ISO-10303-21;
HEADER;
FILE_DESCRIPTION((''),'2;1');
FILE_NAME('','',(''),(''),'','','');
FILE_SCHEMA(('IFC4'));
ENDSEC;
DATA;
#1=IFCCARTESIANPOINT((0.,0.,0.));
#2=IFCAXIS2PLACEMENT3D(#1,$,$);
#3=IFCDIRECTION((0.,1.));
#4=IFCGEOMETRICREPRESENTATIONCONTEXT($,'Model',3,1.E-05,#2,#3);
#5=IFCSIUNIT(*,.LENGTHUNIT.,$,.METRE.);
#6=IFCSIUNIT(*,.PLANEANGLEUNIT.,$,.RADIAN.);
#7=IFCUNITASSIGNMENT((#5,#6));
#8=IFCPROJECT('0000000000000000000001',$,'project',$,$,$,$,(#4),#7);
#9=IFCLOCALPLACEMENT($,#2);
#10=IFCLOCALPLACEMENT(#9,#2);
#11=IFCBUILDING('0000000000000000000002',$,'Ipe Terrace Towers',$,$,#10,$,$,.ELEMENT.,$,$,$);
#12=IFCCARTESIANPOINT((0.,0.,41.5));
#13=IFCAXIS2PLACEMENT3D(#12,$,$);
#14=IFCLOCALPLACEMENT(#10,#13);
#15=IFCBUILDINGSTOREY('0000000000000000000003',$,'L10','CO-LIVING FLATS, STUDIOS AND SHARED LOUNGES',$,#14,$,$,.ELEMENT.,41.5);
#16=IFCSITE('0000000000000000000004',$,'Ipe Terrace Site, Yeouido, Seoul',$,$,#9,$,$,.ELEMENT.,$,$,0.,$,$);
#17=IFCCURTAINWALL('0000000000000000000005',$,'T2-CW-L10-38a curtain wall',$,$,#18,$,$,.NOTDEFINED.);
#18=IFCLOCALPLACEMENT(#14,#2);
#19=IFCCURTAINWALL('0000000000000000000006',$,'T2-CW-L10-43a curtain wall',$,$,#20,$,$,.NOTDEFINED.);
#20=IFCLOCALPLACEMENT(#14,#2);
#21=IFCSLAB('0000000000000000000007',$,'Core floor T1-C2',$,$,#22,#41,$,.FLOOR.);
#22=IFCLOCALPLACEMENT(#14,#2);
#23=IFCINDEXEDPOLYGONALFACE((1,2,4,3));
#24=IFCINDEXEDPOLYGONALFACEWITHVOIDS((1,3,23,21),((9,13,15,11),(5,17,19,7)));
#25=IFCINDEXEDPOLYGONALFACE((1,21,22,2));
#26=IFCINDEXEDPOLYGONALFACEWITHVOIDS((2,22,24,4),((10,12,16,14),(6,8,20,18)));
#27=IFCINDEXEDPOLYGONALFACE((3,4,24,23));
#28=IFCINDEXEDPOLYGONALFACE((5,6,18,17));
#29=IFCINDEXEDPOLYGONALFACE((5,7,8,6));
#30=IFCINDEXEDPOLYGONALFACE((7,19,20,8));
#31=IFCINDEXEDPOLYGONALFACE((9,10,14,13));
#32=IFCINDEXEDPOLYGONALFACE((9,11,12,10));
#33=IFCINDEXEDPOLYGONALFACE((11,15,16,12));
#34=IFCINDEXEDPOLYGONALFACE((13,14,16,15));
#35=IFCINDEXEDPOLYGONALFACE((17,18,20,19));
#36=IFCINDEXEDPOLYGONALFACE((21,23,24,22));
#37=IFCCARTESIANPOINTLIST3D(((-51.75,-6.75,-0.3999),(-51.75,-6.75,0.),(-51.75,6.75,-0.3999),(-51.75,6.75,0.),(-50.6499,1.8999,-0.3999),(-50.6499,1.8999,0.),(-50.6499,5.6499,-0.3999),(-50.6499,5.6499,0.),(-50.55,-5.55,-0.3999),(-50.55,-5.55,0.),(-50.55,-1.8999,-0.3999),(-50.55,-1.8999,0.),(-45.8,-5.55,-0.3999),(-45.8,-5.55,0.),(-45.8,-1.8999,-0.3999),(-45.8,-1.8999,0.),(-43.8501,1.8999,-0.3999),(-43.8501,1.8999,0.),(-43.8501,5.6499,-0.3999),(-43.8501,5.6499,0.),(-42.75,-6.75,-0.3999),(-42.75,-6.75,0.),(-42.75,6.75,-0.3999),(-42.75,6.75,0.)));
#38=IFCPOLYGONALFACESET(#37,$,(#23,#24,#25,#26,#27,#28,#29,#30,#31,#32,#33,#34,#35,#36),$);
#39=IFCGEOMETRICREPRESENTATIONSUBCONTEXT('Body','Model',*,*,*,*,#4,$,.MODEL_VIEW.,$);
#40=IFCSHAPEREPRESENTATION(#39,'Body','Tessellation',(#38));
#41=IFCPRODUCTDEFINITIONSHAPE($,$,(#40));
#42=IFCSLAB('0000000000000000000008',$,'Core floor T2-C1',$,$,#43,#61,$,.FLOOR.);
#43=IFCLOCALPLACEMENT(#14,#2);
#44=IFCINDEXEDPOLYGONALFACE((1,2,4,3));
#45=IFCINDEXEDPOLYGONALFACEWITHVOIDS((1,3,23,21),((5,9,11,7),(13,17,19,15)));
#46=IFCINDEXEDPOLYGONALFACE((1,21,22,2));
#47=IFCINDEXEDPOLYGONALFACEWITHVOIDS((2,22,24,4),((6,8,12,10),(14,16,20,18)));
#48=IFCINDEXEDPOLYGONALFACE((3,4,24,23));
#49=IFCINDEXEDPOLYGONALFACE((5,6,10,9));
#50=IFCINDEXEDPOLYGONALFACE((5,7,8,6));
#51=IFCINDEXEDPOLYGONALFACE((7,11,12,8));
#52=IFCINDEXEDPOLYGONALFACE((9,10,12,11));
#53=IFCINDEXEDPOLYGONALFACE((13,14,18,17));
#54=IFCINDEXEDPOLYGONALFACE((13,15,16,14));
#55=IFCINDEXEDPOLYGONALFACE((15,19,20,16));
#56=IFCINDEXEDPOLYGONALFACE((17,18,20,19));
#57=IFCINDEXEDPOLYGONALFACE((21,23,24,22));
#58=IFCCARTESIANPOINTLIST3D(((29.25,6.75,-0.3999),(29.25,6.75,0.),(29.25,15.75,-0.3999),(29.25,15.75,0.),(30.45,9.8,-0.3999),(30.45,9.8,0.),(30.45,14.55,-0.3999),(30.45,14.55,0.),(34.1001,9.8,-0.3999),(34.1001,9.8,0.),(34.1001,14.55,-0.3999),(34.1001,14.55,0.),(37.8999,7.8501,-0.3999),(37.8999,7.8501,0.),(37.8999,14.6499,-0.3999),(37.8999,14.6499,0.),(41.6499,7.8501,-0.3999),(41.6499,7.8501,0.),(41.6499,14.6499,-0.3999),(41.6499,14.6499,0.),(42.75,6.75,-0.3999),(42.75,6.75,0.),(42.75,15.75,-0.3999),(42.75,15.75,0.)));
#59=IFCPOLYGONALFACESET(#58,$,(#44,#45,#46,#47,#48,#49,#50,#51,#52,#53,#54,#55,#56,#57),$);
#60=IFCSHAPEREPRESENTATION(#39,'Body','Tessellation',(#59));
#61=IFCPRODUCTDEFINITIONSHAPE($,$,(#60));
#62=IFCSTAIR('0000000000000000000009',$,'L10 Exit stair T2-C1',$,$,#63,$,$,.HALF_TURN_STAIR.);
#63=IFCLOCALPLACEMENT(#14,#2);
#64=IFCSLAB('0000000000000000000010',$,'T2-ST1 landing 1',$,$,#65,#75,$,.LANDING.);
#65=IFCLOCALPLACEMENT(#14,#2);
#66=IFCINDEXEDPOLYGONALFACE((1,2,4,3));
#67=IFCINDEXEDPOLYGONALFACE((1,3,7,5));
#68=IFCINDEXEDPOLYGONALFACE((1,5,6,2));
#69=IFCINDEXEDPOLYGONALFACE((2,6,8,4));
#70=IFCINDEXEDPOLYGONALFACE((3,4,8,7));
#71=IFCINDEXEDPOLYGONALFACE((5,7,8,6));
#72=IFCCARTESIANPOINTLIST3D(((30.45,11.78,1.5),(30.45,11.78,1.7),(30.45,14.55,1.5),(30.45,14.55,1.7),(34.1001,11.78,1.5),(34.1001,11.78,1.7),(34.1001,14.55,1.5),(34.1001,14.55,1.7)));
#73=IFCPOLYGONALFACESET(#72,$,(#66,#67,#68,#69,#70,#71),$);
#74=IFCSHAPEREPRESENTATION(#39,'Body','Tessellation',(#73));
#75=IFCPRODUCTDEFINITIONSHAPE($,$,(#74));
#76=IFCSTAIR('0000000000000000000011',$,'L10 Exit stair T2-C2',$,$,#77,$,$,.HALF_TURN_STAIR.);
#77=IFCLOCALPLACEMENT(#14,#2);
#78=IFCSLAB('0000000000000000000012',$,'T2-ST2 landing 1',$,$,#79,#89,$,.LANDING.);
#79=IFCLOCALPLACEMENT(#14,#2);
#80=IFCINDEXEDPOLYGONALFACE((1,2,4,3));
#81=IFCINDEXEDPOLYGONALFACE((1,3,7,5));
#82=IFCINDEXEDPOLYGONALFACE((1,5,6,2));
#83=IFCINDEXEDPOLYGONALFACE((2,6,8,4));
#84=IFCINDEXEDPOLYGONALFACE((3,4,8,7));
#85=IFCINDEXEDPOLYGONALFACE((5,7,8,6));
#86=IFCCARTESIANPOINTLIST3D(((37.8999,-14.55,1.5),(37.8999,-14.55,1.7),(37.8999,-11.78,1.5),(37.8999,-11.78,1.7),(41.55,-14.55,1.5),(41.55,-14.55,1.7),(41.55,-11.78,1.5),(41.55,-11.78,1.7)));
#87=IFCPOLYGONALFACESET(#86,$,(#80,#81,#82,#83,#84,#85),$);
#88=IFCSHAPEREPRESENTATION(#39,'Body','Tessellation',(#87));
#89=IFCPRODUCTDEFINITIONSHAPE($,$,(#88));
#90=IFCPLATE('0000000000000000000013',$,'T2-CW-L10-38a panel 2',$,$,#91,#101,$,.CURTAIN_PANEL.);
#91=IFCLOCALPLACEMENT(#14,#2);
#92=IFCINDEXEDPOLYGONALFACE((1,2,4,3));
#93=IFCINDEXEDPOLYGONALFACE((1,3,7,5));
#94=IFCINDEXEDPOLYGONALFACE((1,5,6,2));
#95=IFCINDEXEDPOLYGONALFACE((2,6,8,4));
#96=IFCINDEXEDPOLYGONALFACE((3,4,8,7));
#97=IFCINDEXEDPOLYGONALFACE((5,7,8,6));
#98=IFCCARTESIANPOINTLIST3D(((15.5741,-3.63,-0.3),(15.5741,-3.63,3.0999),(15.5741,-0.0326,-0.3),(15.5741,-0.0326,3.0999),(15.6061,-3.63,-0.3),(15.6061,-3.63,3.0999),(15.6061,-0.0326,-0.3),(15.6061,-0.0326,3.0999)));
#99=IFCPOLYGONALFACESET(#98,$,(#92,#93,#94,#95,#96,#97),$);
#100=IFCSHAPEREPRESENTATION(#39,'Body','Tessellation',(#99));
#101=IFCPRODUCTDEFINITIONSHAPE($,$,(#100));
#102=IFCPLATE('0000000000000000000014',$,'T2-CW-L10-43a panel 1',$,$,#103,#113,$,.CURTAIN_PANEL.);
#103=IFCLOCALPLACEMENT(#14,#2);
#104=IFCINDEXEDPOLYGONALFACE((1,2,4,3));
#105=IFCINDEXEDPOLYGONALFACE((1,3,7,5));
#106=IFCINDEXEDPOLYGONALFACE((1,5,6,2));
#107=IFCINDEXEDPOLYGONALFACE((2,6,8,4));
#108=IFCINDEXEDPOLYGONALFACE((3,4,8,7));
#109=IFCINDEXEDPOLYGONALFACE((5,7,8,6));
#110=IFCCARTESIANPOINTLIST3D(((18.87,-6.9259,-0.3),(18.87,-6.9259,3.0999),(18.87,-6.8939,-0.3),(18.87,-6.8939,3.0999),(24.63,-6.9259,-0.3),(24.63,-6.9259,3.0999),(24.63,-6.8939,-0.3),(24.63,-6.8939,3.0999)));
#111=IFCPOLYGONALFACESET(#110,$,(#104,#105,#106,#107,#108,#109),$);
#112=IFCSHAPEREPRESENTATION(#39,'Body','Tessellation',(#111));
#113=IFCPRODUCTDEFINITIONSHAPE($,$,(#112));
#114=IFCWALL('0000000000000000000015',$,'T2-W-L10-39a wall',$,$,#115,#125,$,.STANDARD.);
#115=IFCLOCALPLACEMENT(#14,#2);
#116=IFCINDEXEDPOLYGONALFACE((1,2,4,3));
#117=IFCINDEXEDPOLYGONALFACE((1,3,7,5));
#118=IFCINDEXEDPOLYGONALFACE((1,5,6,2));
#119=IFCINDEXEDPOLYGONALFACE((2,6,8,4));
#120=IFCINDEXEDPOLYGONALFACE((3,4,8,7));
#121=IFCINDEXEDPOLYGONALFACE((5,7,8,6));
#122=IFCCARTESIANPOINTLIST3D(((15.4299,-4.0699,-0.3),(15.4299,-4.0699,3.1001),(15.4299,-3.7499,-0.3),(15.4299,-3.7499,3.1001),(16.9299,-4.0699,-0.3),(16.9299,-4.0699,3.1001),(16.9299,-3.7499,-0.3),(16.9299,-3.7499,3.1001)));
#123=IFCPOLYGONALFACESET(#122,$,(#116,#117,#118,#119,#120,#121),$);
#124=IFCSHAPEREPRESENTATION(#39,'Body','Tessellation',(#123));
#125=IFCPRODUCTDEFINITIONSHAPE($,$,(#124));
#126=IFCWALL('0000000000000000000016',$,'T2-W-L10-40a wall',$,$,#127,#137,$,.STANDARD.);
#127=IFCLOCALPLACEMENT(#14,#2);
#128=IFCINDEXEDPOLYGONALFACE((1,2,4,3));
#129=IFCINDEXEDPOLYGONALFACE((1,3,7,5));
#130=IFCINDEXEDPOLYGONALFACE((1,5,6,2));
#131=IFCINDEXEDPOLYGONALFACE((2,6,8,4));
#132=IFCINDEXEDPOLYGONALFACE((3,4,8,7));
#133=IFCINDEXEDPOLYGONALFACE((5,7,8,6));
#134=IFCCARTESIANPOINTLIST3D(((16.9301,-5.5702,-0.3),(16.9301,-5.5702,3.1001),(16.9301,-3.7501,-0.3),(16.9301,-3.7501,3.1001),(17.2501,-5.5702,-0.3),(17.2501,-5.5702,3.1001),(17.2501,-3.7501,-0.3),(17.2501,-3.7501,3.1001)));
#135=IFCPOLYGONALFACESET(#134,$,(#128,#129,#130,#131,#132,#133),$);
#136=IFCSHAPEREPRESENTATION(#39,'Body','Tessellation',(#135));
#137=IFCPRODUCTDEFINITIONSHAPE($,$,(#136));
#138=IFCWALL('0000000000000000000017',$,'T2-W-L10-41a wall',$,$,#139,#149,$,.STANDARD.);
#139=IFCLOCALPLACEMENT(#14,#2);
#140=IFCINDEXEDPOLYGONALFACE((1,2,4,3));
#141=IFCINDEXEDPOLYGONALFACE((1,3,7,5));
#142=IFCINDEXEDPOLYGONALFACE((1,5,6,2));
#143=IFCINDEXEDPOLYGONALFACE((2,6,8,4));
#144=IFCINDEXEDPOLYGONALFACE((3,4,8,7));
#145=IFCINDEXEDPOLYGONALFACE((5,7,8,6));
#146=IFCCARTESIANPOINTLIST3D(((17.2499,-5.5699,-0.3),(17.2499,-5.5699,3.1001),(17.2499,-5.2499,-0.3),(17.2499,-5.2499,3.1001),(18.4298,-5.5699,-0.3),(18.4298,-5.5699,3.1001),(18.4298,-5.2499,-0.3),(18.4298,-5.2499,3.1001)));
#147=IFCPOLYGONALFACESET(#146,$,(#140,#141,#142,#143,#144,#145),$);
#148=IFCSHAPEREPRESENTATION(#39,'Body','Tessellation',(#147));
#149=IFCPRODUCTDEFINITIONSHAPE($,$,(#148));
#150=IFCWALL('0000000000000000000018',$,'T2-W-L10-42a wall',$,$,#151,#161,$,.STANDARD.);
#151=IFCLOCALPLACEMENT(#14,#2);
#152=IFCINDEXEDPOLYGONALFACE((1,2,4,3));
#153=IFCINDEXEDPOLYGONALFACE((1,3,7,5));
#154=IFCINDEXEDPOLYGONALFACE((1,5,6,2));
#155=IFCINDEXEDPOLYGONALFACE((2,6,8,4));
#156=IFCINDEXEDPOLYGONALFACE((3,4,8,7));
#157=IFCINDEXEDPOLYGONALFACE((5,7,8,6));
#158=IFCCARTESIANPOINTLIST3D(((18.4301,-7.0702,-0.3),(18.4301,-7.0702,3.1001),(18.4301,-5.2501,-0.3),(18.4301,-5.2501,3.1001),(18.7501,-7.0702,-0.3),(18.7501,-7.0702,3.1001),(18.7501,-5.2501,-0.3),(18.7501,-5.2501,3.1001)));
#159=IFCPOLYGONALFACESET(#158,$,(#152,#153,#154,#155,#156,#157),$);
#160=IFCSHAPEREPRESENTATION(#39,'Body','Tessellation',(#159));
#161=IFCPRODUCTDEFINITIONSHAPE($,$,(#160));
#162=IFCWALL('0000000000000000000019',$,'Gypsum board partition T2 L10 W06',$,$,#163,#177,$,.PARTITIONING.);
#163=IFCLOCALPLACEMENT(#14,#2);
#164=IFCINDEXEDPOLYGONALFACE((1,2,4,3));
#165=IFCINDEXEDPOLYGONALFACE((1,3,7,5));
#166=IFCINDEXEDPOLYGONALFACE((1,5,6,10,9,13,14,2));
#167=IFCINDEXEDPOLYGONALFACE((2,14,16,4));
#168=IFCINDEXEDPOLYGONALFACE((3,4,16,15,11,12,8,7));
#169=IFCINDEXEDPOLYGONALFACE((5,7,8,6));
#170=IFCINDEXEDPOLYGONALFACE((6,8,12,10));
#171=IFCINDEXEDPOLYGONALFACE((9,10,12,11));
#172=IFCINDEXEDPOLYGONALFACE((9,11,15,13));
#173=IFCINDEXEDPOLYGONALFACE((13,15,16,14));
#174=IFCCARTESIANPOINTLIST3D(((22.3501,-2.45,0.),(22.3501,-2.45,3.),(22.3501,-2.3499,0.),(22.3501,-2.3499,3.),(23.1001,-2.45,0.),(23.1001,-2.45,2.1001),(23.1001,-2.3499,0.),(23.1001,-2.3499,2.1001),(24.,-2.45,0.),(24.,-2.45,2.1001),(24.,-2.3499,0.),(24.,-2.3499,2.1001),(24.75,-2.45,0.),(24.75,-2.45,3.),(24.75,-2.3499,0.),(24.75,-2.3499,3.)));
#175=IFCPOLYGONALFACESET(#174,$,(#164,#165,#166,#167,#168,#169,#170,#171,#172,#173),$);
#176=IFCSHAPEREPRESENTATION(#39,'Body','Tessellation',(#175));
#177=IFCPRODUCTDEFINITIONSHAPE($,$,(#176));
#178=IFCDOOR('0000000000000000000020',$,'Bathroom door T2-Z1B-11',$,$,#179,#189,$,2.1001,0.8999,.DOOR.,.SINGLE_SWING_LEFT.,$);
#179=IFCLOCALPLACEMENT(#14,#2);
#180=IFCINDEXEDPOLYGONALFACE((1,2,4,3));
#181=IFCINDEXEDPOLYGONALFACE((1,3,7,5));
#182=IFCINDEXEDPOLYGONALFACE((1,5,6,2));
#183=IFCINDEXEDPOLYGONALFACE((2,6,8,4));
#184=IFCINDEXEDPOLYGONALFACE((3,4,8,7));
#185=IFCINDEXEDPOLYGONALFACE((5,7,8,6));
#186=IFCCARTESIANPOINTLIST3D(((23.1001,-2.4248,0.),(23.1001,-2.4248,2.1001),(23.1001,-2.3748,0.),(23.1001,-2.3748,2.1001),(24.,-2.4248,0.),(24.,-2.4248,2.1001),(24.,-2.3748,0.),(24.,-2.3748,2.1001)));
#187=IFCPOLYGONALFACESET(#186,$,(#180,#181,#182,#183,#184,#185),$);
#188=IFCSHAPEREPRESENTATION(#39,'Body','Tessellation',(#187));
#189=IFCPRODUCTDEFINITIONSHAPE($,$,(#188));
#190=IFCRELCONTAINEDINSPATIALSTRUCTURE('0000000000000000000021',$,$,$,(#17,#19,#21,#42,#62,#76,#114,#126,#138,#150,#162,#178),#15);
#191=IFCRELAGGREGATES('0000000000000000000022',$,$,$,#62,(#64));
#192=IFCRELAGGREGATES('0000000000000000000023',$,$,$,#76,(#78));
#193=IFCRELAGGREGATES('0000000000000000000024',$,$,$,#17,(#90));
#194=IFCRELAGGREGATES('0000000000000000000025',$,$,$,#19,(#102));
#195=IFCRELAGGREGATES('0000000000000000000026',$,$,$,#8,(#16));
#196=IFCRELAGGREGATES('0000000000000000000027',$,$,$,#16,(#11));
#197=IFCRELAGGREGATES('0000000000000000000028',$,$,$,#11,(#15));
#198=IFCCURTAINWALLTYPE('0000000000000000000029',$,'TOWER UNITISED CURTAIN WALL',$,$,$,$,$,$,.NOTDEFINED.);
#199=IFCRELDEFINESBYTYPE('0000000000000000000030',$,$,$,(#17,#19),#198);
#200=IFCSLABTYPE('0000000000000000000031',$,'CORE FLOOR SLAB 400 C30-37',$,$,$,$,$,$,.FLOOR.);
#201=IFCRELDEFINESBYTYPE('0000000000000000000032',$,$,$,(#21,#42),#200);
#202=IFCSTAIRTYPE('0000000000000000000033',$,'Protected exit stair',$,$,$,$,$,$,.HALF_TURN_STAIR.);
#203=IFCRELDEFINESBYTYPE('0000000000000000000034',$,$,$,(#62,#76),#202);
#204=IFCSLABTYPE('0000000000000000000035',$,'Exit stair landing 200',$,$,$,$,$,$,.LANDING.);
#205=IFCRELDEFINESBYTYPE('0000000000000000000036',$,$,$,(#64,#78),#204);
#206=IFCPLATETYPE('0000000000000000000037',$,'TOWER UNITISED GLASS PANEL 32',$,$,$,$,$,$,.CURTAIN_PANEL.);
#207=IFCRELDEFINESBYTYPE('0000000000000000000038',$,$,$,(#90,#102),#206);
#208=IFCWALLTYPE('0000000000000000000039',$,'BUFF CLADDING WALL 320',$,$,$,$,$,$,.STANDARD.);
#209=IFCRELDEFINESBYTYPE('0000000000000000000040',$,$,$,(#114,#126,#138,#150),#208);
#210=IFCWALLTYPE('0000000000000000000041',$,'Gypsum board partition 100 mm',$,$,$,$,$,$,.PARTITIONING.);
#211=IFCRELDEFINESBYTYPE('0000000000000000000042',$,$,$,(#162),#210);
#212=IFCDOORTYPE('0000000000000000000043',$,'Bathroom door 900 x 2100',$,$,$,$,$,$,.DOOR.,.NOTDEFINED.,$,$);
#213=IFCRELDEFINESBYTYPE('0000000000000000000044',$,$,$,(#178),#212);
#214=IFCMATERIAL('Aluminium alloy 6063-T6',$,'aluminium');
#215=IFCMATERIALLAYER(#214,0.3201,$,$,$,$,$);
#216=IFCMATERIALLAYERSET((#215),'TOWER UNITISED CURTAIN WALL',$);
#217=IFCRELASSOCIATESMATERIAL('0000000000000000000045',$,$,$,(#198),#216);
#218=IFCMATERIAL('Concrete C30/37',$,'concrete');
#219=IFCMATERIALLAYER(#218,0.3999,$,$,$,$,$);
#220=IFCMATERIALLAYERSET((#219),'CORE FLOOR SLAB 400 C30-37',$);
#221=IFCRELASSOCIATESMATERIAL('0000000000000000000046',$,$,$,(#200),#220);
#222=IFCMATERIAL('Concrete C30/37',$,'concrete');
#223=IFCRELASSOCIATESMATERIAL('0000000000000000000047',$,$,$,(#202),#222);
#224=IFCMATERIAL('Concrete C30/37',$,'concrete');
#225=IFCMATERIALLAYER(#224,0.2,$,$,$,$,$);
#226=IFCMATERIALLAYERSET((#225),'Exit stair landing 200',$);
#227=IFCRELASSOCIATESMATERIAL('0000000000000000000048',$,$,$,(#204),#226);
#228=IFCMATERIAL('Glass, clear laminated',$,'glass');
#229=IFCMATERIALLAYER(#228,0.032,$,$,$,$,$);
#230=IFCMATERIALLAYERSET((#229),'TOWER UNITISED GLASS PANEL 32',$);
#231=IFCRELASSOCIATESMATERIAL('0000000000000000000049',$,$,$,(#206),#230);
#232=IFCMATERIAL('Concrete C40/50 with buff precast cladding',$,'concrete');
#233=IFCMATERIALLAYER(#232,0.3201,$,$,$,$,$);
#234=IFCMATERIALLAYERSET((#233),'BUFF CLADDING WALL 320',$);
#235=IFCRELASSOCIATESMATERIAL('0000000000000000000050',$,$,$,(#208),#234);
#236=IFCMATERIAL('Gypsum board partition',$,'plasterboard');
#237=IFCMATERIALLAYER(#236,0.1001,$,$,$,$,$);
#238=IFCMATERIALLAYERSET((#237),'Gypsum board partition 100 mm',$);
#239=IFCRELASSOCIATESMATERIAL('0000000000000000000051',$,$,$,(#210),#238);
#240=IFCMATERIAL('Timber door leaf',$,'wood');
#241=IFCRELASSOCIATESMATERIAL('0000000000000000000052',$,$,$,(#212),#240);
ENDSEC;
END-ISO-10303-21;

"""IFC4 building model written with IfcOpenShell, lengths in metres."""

from ifc_helpers import new_model, si_unit, direction, frame, frame_2d, origin, origin_2d, place, context, subcontext, project, spatial, polyline, rectangle, outline, extrude, material, layer, layer_set, type_object, element, fill, aggregate, save


model = new_model("IFC4")

# Units and contexts
model_context = context("Model", 3, precision=1e-05, world=origin(), true_north=direction((0.0, 1.0)))
body_context = subcontext(model_context, "Body", "Model", "MODEL_VIEW")
ifc_project = project(units=[si_unit("LENGTHUNIT", "METRE"), si_unit("PLANEANGLEUNIT", "RADIAN")], contexts=[model_context])

# Site, building, storey
site_placement = place(None, origin())
site = spatial("IfcSite", under=ifc_project, at=site_placement, Name="Ipe Terrace Site, Yeouido, Seoul", CompositionType="ELEMENT", RefElevation=0.0)
building_placement = place(site_placement, origin())
building = spatial("IfcBuilding", under=site, at=building_placement, Name="Ipe Terrace Towers", CompositionType="ELEMENT")
storey_placement = place(building_placement, frame((0.0, 0.0, 41.5)))
storey = spatial("IfcBuildingStorey", under=building, at=storey_placement, Name="L10", Description="CO-LIVING FLATS, STUDIOS AND SHARED LOUNGES", CompositionType="ELEMENT", Elevation=41.5)

# Curtain wall
ifc_material_1 = material(Name="Aluminium alloy 6063-T6", Category="aluminium")
ifc_layer_1 = layer(ifc_material_1, 0.3201)
ifc_layer_set_1 = layer_set([ifc_layer_1], Name="TOWER UNITISED CURTAIN WALL")
curtain_wall_type = type_object("IfcCurtainWallType", Name="TOWER UNITISED CURTAIN WALL", PredefinedType="NOTDEFINED", material=ifc_layer_set_1)
curtain_wall_1_placement = place(storey_placement, origin())
curtain_wall_1 = element("IfcCurtainWall", 1, at=curtain_wall_1_placement, inside=storey, type_object=curtain_wall_type, Name="T2-CW-L10-38a curtain wall", PredefinedType="NOTDEFINED")

# Curtain wall
curtain_wall_2_placement = place(storey_placement, origin())
curtain_wall_2 = element("IfcCurtainWall", 2, at=curtain_wall_2_placement, inside=storey, type_object=curtain_wall_type, Name="T2-CW-L10-43a curtain wall", PredefinedType="NOTDEFINED")

# Slabs
ifc_material_2 = material(Name="Concrete C30/37", Category="concrete")
ifc_layer_2 = layer(ifc_material_2, 0.3999)
ifc_layer_set_2 = layer_set([ifc_layer_2], Name="CORE FLOOR SLAB 400 C30-37")
slab_type_1 = type_object("IfcSlabType", Name="CORE FLOOR SLAB 400 C30-37", PredefinedType="FLOOR", material=ifc_layer_set_2)
slab_1_placement = place(storey_placement, frame((0.0, 0.0, -0.3999)))
element("IfcSlab", 3, at=slab_1_placement, inside=storey, type_object=slab_type_1, Name="Core floor T1-C2", PredefinedType="FLOOR", context=body_context, shape_type="SweptSolid", body=[
    extrude(outline(polyline([(-51.75, -6.75), (-51.75, 6.75), (-42.75, 6.75), (-42.75, -6.75), (-51.75, -6.75)]), holes=[polyline([(-45.8, -5.55), (-45.8, -1.8999), (-50.55, -1.8999), (-50.55, -5.55), (-45.8, -5.55)]), polyline([(-50.6499, 1.8999), (-43.8501, 1.8999), (-43.8501, 5.6499), (-50.6499, 5.6499), (-50.6499, 1.8999)])]), origin(), (0.0, 0.0, 1.0), 0.3999),
])
slab_2_placement = place(storey_placement, frame((0.0, 0.0, -0.3999)))
element("IfcSlab", 4, at=slab_2_placement, inside=storey, type_object=slab_type_1, Name="Core floor T2-C1", PredefinedType="FLOOR", context=body_context, shape_type="SweptSolid", body=[
    extrude(outline(polyline([(29.25, 6.75), (29.25, 15.75), (42.75, 15.75), (42.75, 6.75), (29.25, 6.75)]), holes=[polyline([(41.6499, 7.8501), (41.6499, 14.6499), (37.8999, 14.6499), (37.8999, 7.8501), (41.6499, 7.8501)]), polyline([(30.45, 9.8), (34.1001, 9.8), (34.1001, 14.55), (30.45, 14.55), (30.45, 9.8)])]), origin(), (0.0, 0.0, 1.0), 0.3999),
])

# Stairs, slabs
ifc_material_3 = material(Name="Concrete C30/37", Category="concrete")
stair_type = type_object("IfcStairType", Name="Protected exit stair", PredefinedType="HALF_TURN_STAIR", material=ifc_material_3)
stair_1_placement = place(storey_placement, origin())
stair_1 = element("IfcStair", 5, at=stair_1_placement, inside=storey, type_object=stair_type, Name="L10 Exit stair T2-C1", PredefinedType="HALF_TURN_STAIR")
ifc_material_4 = material(Name="Concrete C30/37", Category="concrete")
ifc_layer_3 = layer(ifc_material_4, 0.2)
ifc_layer_set_3 = layer_set([ifc_layer_3], Name="Exit stair landing 200")
slab_type_2 = type_object("IfcSlabType", Name="Exit stair landing 200", PredefinedType="LANDING", material=ifc_layer_set_3)
slab_3_placement = place(storey_placement, frame((0.0, 0.0, 1.5)))
slab_3 = element("IfcSlab", 6, at=slab_3_placement, type_object=slab_type_2, Name="T2-ST1 landing 1", PredefinedType="LANDING", context=body_context, shape_type="SweptSolid", body=[
    extrude(outline(polyline([(34.1001, 11.78), (34.1001, 14.55), (30.45, 14.55), (30.45, 11.78), (34.1001, 11.78)])), origin(), (0.0, 0.0, 1.0), 0.2),
])
aggregate(stair_1, [slab_3])
stair_2_placement = place(storey_placement, origin())
stair_2 = element("IfcStair", 7, at=stair_2_placement, inside=storey, type_object=stair_type, Name="L10 Exit stair T2-C2", PredefinedType="HALF_TURN_STAIR")
slab_4_placement = place(storey_placement, frame((0.0, 0.0, 1.5)))
slab_4 = element("IfcSlab", 8, at=slab_4_placement, type_object=slab_type_2, Name="T2-ST2 landing 1", PredefinedType="LANDING", context=body_context, shape_type="SweptSolid", body=[
    extrude(outline(polyline([(37.8999, -11.78), (37.8999, -14.55), (41.55, -14.55), (41.55, -11.78), (37.8999, -11.78)])), origin(), (0.0, 0.0, 1.0), 0.2),
])
aggregate(stair_2, [slab_4])

# Plates
ifc_material_5 = material(Name="Glass, clear laminated", Category="glass")
ifc_layer_4 = layer(ifc_material_5, 0.032)
ifc_layer_set_4 = layer_set([ifc_layer_4], Name="TOWER UNITISED GLASS PANEL 32")
plate_type = type_object("IfcPlateType", Name="TOWER UNITISED GLASS PANEL 32", PredefinedType="CURTAIN_PANEL", material=ifc_layer_set_4)
plate_1_placement = place(storey_placement, frame((15.5901, -1.8313, -0.3), z_axis=(0.0, 0.0, 1.0), x_axis=(0.0, -1.0, 0.0)))
plate_1 = element("IfcPlate", 9, at=plate_1_placement, type_object=plate_type, Name="T2-CW-L10-38a panel 2", PredefinedType="CURTAIN_PANEL", context=body_context, shape_type="SweptSolid", body=[
    extrude(rectangle(XDim=3.5974, YDim=0.032, at=origin_2d()), origin(), (0.0, 0.0, 1.0), 3.3999),
])
aggregate(curtain_wall_1, [plate_1])
plate_2_placement = place(storey_placement, frame((21.75, -6.9099, -0.3), z_axis=(0.0, 0.0, 1.0), x_axis=(1.0, 0.0, 0.0)))
plate_2 = element("IfcPlate", 10, at=plate_2_placement, type_object=plate_type, Name="T2-CW-L10-43a panel 1", PredefinedType="CURTAIN_PANEL", context=body_context, shape_type="SweptSolid", body=[
    extrude(rectangle(XDim=5.76, YDim=0.032, at=origin_2d()), origin(), (0.0, 0.0, 1.0), 3.3999),
])
aggregate(curtain_wall_2, [plate_2])

# Walls
ifc_material_6 = material(Name="Concrete C40/50 with buff precast cladding", Category="concrete")
ifc_layer_5 = layer(ifc_material_6, 0.3201)
ifc_layer_set_5 = layer_set([ifc_layer_5], Name="BUFF CLADDING WALL 320")
wall_type_1 = type_object("IfcWallType", Name="BUFF CLADDING WALL 320", PredefinedType="STANDARD", material=ifc_layer_set_5)
wall_1_placement = place(storey_placement, frame((15.4299, -3.9099, -0.3), z_axis=(0.0, 0.0, 1.0), x_axis=(1.0, 0.0, 0.0)))
element("IfcWall", 11, at=wall_1_placement, inside=storey, type_object=wall_type_1, Name="T2-W-L10-39a wall", PredefinedType="STANDARD", context=body_context, shape_type="SweptSolid", body=[
    extrude(rectangle(XDim=1.5, YDim=0.3201, at=frame_2d((0.75, 0.0))), origin(), (0.0, 0.0, 1.0), 3.4001),
])
wall_2_placement = place(storey_placement, frame((17.0901, -3.75, -0.3), z_axis=(0.0, 0.0, 1.0), x_axis=(0.0, -1.0, 0.0)))
element("IfcWall", 12, at=wall_2_placement, inside=storey, type_object=wall_type_1, Name="T2-W-L10-40a wall", PredefinedType="STANDARD", context=body_context, shape_type="SweptSolid", body=[
    extrude(rectangle(XDim=1.8201, YDim=0.3201, at=frame_2d((0.9102, 0.0))), origin(), (0.0, 0.0, 1.0), 3.4001),
])
wall_3_placement = place(storey_placement, frame((17.25, -5.4099, -0.3), z_axis=(0.0, 0.0, 1.0), x_axis=(1.0, 0.0, 0.0)))
element("IfcWall", 13, at=wall_3_placement, inside=storey, type_object=wall_type_1, Name="T2-W-L10-41a wall", PredefinedType="STANDARD", context=body_context, shape_type="SweptSolid", body=[
    extrude(rectangle(XDim=1.1799, YDim=0.3201, at=frame_2d((0.5898, 0.0))), origin(), (0.0, 0.0, 1.0), 3.4001),
])
wall_4_placement = place(storey_placement, frame((18.5901, -5.25, -0.3), z_axis=(0.0, 0.0, 1.0), x_axis=(0.0, -1.0, 0.0)))
element("IfcWall", 14, at=wall_4_placement, inside=storey, type_object=wall_type_1, Name="T2-W-L10-42a wall", PredefinedType="STANDARD", context=body_context, shape_type="SweptSolid", body=[
    extrude(rectangle(XDim=1.8201, YDim=0.3201, at=frame_2d((0.9102, 0.0))), origin(), (0.0, 0.0, 1.0), 3.4001),
])

# Wall, opening, door
ifc_material_7 = material(Name="Gypsum board partition", Category="plasterboard")
ifc_layer_6 = layer(ifc_material_7, 0.1001)
ifc_layer_set_6 = layer_set([ifc_layer_6], Name="Gypsum board partition 100 mm")
wall_type_2 = type_object("IfcWallType", Name="Gypsum board partition 100 mm", PredefinedType="PARTITIONING", material=ifc_layer_set_6)
wall_5_placement = place(storey_placement, frame((24.75, -2.3999, 0.0), z_axis=(0.0, 0.0, 1.0), x_axis=(-1.0, 0.0, 0.0)))
wall_5 = element("IfcWall", 15, at=wall_5_placement, inside=storey, type_object=wall_type_2, Name="Gypsum board partition T2 L10 W06", PredefinedType="PARTITIONING", context=body_context, shape_type="SweptSolid", body=[
    extrude(rectangle(XDim=2.3999, YDim=0.1001, at=frame_2d((1.2, 0.0))), origin(), (0.0, 0.0, 1.0), 3.0),
])
opening_1_placement = place(wall_5_placement, frame((0.75, 0.0, 0.0)))
opening_1 = element("IfcOpeningElement", 16, at=opening_1_placement, cuts=wall_5, PredefinedType="OPENING", context=body_context, shape_type="SweptSolid", body=[
    extrude(rectangle(XDim=0.8999, YDim=2.1001, at=frame_2d((0.45, 1.05))), frame((0.0, 0.0601, 0.0), z_axis=(0.0, -1.0, 0.0), x_axis=(1.0, 0.0, 0.0)), (0.0, 0.0, 1.0), 0.1201),
])
ifc_material_8 = material(Name="Timber door leaf", Category="wood")
door_type_1 = type_object("IfcDoorType", Name="Bathroom door 900 x 2100", OperationType="NOTDEFINED", PredefinedType="DOOR", material=ifc_material_8)
door_1_placement = place(opening_1_placement, origin())
door_1 = element("IfcDoor", 17, at=door_1_placement, inside=storey, type_object=door_type_1, Name="Bathroom door T2-Z1B-11", OperationType="SINGLE_SWING_LEFT", OverallHeight=2.1001, OverallWidth=0.8999, PredefinedType="DOOR", context=body_context, shape_type="SweptSolid", body=[
    extrude(rectangle(XDim=0.8999, YDim=2.1001, at=frame_2d((0.45, 1.05))), frame((0.0, 0.0249, 0.0), z_axis=(0.0, -1.0, 0.0), x_axis=(1.0, 0.0, 0.0)), (0.0, 0.0, 1.0), 0.05),
])
fill(opening_1, door_1)

save(model, "model.ifc")
